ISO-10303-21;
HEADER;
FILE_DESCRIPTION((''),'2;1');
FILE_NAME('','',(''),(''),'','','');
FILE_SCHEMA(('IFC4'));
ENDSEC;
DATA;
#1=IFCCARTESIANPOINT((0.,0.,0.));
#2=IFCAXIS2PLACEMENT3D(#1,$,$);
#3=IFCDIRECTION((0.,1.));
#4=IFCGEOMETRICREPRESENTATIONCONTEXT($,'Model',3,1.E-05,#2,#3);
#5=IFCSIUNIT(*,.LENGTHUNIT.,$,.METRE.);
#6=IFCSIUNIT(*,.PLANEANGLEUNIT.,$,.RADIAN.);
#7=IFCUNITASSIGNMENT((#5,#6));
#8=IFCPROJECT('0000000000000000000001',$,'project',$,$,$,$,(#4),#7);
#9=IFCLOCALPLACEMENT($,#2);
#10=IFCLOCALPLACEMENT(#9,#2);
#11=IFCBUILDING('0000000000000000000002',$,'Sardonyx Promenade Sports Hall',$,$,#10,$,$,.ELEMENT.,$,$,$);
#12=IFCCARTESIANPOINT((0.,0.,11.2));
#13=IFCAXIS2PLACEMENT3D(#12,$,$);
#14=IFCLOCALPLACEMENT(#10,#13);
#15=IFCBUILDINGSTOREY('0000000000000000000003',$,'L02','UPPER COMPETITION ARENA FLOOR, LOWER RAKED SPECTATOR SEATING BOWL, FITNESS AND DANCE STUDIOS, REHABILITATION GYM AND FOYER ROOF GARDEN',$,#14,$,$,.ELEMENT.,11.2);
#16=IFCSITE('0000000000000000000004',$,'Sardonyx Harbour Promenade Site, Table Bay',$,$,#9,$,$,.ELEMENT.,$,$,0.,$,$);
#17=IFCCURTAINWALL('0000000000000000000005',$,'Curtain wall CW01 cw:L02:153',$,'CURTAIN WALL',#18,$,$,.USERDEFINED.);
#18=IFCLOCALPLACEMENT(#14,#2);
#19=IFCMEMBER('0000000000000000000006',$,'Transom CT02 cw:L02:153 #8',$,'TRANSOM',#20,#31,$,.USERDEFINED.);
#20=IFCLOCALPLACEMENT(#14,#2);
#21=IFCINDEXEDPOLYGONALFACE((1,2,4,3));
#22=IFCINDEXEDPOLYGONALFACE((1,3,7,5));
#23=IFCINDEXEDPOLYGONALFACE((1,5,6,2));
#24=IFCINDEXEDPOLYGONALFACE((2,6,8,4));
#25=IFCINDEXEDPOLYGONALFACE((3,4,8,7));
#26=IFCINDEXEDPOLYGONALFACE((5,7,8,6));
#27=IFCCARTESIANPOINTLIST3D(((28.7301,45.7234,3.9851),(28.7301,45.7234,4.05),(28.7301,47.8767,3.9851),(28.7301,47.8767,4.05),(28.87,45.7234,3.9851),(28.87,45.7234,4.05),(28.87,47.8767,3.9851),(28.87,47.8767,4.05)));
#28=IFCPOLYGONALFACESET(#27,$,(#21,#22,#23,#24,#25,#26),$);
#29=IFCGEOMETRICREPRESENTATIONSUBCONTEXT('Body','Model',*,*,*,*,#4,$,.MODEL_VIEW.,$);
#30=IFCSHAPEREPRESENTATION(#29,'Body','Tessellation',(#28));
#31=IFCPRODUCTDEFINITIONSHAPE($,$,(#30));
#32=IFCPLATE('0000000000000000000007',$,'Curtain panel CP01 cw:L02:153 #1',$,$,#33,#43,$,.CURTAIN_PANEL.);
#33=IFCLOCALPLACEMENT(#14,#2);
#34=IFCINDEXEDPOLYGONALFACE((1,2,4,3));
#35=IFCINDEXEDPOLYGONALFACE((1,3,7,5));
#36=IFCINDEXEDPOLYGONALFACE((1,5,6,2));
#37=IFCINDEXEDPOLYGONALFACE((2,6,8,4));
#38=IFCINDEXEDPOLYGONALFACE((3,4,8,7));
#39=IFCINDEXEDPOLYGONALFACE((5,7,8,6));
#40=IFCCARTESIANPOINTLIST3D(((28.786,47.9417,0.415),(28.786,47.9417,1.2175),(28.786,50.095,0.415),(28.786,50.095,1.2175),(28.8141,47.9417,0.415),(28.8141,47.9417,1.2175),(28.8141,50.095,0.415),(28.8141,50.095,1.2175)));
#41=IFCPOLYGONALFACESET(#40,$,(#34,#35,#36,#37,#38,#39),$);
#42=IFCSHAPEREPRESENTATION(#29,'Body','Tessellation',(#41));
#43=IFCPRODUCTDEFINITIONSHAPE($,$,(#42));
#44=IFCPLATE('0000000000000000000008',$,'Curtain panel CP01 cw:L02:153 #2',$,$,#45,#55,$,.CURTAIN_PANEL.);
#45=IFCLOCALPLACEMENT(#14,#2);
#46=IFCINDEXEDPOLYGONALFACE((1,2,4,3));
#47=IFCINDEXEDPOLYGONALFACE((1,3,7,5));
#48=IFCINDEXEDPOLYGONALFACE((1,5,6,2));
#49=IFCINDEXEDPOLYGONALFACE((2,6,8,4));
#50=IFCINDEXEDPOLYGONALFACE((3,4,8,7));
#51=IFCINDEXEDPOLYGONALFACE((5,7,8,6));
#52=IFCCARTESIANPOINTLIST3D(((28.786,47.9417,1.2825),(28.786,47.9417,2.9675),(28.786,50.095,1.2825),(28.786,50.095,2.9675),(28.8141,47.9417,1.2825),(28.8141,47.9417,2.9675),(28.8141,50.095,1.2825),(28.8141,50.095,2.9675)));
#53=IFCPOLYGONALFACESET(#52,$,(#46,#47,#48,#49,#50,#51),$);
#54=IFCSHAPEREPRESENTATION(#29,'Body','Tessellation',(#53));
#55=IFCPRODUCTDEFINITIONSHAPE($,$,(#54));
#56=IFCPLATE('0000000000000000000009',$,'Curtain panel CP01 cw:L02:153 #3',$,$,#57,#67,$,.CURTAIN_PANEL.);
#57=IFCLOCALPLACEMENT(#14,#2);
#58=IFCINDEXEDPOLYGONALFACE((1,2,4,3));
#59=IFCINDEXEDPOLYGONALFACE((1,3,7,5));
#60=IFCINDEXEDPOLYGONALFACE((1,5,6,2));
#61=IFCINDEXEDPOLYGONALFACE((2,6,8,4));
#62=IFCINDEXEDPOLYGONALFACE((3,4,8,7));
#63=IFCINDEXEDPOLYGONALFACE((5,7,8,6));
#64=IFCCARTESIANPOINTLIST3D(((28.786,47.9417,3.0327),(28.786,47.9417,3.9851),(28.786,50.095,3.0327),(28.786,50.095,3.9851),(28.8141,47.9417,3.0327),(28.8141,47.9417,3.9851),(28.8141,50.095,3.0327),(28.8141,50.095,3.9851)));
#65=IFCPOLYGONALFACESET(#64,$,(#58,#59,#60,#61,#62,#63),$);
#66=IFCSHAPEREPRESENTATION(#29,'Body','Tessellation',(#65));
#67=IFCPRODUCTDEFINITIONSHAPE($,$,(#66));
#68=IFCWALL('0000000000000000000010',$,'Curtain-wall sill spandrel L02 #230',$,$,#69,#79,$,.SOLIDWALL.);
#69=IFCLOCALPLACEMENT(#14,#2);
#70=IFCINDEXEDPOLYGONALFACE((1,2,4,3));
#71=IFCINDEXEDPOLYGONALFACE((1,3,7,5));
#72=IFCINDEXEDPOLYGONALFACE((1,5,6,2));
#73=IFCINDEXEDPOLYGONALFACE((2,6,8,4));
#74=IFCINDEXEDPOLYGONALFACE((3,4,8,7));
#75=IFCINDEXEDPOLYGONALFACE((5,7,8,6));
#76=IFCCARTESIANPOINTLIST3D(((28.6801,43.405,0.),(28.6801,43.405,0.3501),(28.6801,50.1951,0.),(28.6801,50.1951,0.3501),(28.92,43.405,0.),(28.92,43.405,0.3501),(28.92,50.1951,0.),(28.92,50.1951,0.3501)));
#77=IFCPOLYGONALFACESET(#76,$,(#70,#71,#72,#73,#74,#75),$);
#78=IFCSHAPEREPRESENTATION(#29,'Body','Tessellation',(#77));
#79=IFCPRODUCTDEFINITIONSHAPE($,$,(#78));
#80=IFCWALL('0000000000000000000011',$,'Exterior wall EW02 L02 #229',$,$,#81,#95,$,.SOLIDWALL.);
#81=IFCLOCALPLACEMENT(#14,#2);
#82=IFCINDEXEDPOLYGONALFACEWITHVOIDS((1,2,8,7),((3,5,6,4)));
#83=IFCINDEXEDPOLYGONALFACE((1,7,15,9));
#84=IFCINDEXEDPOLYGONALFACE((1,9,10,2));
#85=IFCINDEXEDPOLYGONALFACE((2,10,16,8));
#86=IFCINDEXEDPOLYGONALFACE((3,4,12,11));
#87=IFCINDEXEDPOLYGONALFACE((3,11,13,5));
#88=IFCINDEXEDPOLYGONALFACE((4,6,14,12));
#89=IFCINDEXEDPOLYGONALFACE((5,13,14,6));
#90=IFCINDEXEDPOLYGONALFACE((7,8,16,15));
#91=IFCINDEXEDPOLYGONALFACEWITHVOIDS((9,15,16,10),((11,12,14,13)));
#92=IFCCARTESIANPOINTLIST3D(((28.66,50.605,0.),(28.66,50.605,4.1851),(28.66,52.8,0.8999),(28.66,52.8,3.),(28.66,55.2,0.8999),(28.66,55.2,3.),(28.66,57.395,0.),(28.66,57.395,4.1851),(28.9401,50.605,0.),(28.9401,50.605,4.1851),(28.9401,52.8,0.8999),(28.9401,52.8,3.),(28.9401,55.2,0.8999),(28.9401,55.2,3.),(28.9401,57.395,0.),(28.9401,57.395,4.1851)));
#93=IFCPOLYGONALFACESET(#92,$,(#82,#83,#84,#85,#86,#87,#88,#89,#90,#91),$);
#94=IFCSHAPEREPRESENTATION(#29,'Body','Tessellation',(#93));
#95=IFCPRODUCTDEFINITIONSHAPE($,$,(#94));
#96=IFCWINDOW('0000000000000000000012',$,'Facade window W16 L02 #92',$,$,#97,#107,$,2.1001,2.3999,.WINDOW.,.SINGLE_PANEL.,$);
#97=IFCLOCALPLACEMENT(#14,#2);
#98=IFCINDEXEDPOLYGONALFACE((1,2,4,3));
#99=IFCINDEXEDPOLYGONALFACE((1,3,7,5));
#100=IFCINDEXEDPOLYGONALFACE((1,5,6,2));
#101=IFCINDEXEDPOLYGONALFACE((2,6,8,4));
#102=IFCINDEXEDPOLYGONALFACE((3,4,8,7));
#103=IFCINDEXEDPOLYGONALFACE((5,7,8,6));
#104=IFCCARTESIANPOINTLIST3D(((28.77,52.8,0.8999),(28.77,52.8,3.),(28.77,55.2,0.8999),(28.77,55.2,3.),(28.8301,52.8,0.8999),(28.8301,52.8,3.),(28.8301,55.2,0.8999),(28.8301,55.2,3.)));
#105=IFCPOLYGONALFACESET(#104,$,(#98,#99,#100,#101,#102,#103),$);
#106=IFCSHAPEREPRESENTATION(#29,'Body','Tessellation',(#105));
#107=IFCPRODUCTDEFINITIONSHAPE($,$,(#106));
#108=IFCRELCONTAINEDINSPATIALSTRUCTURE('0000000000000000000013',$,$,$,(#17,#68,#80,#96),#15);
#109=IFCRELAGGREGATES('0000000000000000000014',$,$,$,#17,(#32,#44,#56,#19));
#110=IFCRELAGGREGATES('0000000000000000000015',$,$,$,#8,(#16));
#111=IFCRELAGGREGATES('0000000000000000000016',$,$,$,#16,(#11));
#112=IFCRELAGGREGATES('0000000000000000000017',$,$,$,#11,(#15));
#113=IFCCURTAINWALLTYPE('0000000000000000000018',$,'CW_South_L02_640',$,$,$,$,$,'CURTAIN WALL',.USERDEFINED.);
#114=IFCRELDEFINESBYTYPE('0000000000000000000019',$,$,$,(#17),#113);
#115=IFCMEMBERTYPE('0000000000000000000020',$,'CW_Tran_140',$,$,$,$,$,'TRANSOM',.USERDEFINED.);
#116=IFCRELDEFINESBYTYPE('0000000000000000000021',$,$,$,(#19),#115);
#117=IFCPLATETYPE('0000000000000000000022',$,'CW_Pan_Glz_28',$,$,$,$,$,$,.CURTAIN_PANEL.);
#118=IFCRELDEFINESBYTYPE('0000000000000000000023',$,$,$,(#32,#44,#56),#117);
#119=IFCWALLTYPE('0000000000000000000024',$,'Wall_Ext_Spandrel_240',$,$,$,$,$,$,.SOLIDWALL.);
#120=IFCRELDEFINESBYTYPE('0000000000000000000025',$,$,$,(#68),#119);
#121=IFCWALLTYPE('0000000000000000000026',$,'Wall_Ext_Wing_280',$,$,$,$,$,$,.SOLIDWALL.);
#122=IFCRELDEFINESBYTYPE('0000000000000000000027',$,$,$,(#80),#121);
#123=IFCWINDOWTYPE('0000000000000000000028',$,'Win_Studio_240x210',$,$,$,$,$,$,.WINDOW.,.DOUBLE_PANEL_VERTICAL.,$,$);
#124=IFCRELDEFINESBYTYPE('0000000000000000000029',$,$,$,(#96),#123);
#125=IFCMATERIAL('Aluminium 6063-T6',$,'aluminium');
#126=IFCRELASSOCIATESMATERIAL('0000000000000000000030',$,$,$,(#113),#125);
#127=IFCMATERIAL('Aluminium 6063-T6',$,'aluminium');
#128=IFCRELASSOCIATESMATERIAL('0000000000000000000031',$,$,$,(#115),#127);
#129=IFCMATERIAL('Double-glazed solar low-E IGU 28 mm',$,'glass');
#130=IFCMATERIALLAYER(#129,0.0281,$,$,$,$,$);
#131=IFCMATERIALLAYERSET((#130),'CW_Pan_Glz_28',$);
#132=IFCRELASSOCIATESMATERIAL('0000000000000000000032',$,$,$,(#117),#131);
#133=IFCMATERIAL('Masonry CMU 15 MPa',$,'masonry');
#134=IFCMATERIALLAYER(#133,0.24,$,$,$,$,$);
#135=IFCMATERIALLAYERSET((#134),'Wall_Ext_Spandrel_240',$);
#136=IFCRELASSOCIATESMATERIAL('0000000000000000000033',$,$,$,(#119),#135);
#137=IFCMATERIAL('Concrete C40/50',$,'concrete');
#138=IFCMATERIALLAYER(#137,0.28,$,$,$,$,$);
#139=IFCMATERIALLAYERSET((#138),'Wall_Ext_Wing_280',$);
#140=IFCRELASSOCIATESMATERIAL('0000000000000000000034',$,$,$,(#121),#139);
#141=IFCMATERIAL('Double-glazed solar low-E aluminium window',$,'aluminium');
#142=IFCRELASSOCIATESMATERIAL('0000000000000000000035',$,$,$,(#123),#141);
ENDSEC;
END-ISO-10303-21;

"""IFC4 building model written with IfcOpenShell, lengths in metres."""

from ifc_helpers import new_model, si_unit, direction, frame, frame_2d, origin, origin_2d, place, context, subcontext, project, spatial, rectangle, extrude, material, layer, layer_set, material_profile, profile_set, type_object, element, fill, aggregate, save


model = new_model("IFC4")

# Units and contexts
model_context = context("Model", 3, precision=1e-05, world=origin(), true_north=direction((0.0, 1.0)))
body_context = subcontext(model_context, "Body", "Model", "MODEL_VIEW")
ifc_project = project(units=[si_unit("LENGTHUNIT", "METRE"), si_unit("PLANEANGLEUNIT", "RADIAN")], contexts=[model_context])

# Site, building, storey
site_placement = place(None, origin())
site = spatial("IfcSite", under=ifc_project, at=site_placement, Name="Sardonyx Harbour Promenade Site, Table Bay", CompositionType="ELEMENT", RefElevation=0.0)
building_placement = place(site_placement, origin())
building = spatial("IfcBuilding", under=site, at=building_placement, Name="Sardonyx Promenade Sports Hall", CompositionType="ELEMENT")
storey_placement = place(building_placement, frame((0.0, 0.0, 11.2)))
storey = spatial("IfcBuildingStorey", under=building, at=storey_placement, Name="L02", Description="UPPER COMPETITION ARENA FLOOR, LOWER RAKED SPECTATOR SEATING BOWL, FITNESS AND DANCE STUDIOS, REHABILITATION GYM AND FOYER ROOF GARDEN", CompositionType="ELEMENT", Elevation=11.2)

# Shared definitions
ifc_material_1 = material(Name="Aluminium 6063-T6", Category="aluminium")
curtain_wall_type = type_object("IfcCurtainWallType", Name="CW_South_L02_640", ElementType="CURTAIN WALL", PredefinedType="USERDEFINED", material=ifc_material_1)

# Curtain wall, member, plates
curtain_wall_1_placement = place(storey_placement, origin())
curtain_wall_1 = element("IfcCurtainWall", 1, at=curtain_wall_1_placement, inside=storey, type_object=curtain_wall_type, Name="Curtain wall CW01 cw:L02:153", ObjectType="CURTAIN WALL", PredefinedType="USERDEFINED")
ifc_material_2 = material(Name="Aluminium 6063-T6", Category="aluminium")
ifc_material_profile_1 = material_profile(ifc_material_2, rectangle(XDim=0.0649, YDim=0.1399, at=origin_2d()))
ifc_profile_set_1 = profile_set([ifc_material_profile_1], Name="Aluminium 6063-T6")
member_type_1 = type_object("IfcMemberType", Name="CW_Tran_140", ElementType="TRANSOM", PredefinedType="USERDEFINED", material=ifc_profile_set_1)
member_1_placement = place(storey_placement, frame((28.8, 47.8767, 4.0176), z_axis=(0.0, -1.0, 0.0), x_axis=(0.0, 0.0, 1.0)))
member_1 = element("IfcMember", 2, at=member_1_placement, type_object=member_type_1, Name="Transom CT02 cw:L02:153 #8", ObjectType="TRANSOM", PredefinedType="USERDEFINED", context=body_context, shape_type="SweptSolid", body=[
    extrude(rectangle(XDim=0.0649, YDim=0.1399, at=origin_2d()), origin(), (0.0, 0.0, 1.0), 2.1533),
])
ifc_material_3 = material(Name="Double-glazed solar low-E IGU 28 mm", Category="glass")
ifc_layer_1 = layer(ifc_material_3, 0.0281)
ifc_layer_set_1 = layer_set([ifc_layer_1], Name="CW_Pan_Glz_28")
plate_type = type_object("IfcPlateType", Name="CW_Pan_Glz_28", PredefinedType="CURTAIN_PANEL", material=ifc_layer_set_1)
plate_1_placement = place(storey_placement, frame((28.8, 49.0183, 0.415), z_axis=(0.0, 0.0, 1.0), x_axis=(0.0, -1.0, 0.0)))
plate_1 = element("IfcPlate", 3, at=plate_1_placement, type_object=plate_type, Name="Curtain panel CP01 cw:L02:153 #1", PredefinedType="CURTAIN_PANEL", context=body_context, shape_type="SweptSolid", body=[
    extrude(rectangle(XDim=2.1533, YDim=0.0281, at=origin_2d()), origin(), (0.0, 0.0, 1.0), 0.8025),
])
plate_2_placement = place(storey_placement, frame((28.8, 49.0183, 1.2825), z_axis=(0.0, 0.0, 1.0), x_axis=(0.0, -1.0, 0.0)))
plate_2 = element("IfcPlate", 4, at=plate_2_placement, type_object=plate_type, Name="Curtain panel CP01 cw:L02:153 #2", PredefinedType="CURTAIN_PANEL", context=body_context, shape_type="SweptSolid", body=[
    extrude(rectangle(XDim=2.1533, YDim=0.0281, at=origin_2d()), origin(), (0.0, 0.0, 1.0), 1.6851),
])
plate_3_placement = place(storey_placement, frame((28.8, 49.0183, 3.0327), z_axis=(0.0, 0.0, 1.0), x_axis=(0.0, -1.0, 0.0)))
plate_3 = element("IfcPlate", 5, at=plate_3_placement, type_object=plate_type, Name="Curtain panel CP01 cw:L02:153 #3", PredefinedType="CURTAIN_PANEL", context=body_context, shape_type="SweptSolid", body=[
    extrude(rectangle(XDim=2.1533, YDim=0.0281, at=origin_2d()), origin(), (0.0, 0.0, 1.0), 0.9524),
])
aggregate(curtain_wall_1, [plate_1, plate_2, plate_3, member_1])

# Wall
ifc_material_4 = material(Name="Masonry CMU 15 MPa", Category="masonry")
ifc_layer_2 = layer(ifc_material_4, 0.24)
ifc_layer_set_2 = layer_set([ifc_layer_2], Name="Wall_Ext_Spandrel_240")
wall_type_1 = type_object("IfcWallType", Name="Wall_Ext_Spandrel_240", PredefinedType="SOLIDWALL", material=ifc_layer_set_2)
wall_1_placement = place(storey_placement, frame((28.8, 50.1951, 0.0), z_axis=(0.0, 0.0, 1.0), x_axis=(0.0, -1.0, 0.0)))
element("IfcWall", 6, at=wall_1_placement, inside=storey, type_object=wall_type_1, Name="Curtain-wall sill spandrel L02 #230", PredefinedType="SOLIDWALL", context=body_context, shape_type="SweptSolid", body=[
    extrude(rectangle(XDim=6.79, YDim=0.24, at=frame_2d((3.395, 0.0))), origin(), (0.0, 0.0, 1.0), 0.3501),
])

# Wall, opening, window
ifc_material_5 = material(Name="Concrete C40/50", Category="concrete")
ifc_layer_3 = layer(ifc_material_5, 0.28)
ifc_layer_set_3 = layer_set([ifc_layer_3], Name="Wall_Ext_Wing_280")
wall_type_2 = type_object("IfcWallType", Name="Wall_Ext_Wing_280", PredefinedType="SOLIDWALL", material=ifc_layer_set_3)
wall_2_placement = place(storey_placement, frame((28.8, 57.395, 0.0), z_axis=(0.0, 0.0, 1.0), x_axis=(0.0, -1.0, 0.0)))
wall_2 = element("IfcWall", 7, at=wall_2_placement, inside=storey, type_object=wall_type_2, Name="Exterior wall EW02 L02 #229", PredefinedType="SOLIDWALL", context=body_context, shape_type="SweptSolid", body=[
    extrude(rectangle(XDim=6.79, YDim=0.28, at=frame_2d((3.395, 0.0))), origin(), (0.0, 0.0, 1.0), 4.1851),
])
opening_placement = place(wall_2_placement, frame((2.1951, 0.0, 0.8999)))
opening = element("IfcOpeningElement", 8, at=opening_placement, cuts=wall_2, PredefinedType="OPENING", context=body_context, shape_type="SweptSolid", body=[
    extrude(rectangle(XDim=2.3999, YDim=2.1001, at=frame_2d((1.2, 1.05))), frame((0.0, 0.15, 0.0), z_axis=(0.0, -1.0, 0.0), x_axis=(1.0, 0.0, 0.0)), (0.0, 0.0, 1.0), 0.3),
])
ifc_material_6 = material(Name="Double-glazed solar low-E aluminium window", Category="aluminium")
window_type = type_object("IfcWindowType", Name="Win_Studio_240x210", PartitioningType="DOUBLE_PANEL_VERTICAL", PredefinedType="WINDOW", material=ifc_material_6)
window_placement = place(opening_placement, origin())
window = element("IfcWindow", 9, at=window_placement, inside=storey, type_object=window_type, Name="Facade window W16 L02 #92", OverallHeight=2.1001, OverallWidth=2.3999, PartitioningType="SINGLE_PANEL", PredefinedType="WINDOW", context=body_context, shape_type="SweptSolid", body=[
    extrude(rectangle(XDim=2.3999, YDim=2.1001, at=frame_2d((1.2, 1.05))), frame((0.0, 0.03, 0.0), z_axis=(0.0, -1.0, 0.0), x_axis=(1.0, 0.0, 0.0)), (0.0, 0.0, 1.0), 0.0601),
])
fill(opening, window)

save(model, "model.ifc")
